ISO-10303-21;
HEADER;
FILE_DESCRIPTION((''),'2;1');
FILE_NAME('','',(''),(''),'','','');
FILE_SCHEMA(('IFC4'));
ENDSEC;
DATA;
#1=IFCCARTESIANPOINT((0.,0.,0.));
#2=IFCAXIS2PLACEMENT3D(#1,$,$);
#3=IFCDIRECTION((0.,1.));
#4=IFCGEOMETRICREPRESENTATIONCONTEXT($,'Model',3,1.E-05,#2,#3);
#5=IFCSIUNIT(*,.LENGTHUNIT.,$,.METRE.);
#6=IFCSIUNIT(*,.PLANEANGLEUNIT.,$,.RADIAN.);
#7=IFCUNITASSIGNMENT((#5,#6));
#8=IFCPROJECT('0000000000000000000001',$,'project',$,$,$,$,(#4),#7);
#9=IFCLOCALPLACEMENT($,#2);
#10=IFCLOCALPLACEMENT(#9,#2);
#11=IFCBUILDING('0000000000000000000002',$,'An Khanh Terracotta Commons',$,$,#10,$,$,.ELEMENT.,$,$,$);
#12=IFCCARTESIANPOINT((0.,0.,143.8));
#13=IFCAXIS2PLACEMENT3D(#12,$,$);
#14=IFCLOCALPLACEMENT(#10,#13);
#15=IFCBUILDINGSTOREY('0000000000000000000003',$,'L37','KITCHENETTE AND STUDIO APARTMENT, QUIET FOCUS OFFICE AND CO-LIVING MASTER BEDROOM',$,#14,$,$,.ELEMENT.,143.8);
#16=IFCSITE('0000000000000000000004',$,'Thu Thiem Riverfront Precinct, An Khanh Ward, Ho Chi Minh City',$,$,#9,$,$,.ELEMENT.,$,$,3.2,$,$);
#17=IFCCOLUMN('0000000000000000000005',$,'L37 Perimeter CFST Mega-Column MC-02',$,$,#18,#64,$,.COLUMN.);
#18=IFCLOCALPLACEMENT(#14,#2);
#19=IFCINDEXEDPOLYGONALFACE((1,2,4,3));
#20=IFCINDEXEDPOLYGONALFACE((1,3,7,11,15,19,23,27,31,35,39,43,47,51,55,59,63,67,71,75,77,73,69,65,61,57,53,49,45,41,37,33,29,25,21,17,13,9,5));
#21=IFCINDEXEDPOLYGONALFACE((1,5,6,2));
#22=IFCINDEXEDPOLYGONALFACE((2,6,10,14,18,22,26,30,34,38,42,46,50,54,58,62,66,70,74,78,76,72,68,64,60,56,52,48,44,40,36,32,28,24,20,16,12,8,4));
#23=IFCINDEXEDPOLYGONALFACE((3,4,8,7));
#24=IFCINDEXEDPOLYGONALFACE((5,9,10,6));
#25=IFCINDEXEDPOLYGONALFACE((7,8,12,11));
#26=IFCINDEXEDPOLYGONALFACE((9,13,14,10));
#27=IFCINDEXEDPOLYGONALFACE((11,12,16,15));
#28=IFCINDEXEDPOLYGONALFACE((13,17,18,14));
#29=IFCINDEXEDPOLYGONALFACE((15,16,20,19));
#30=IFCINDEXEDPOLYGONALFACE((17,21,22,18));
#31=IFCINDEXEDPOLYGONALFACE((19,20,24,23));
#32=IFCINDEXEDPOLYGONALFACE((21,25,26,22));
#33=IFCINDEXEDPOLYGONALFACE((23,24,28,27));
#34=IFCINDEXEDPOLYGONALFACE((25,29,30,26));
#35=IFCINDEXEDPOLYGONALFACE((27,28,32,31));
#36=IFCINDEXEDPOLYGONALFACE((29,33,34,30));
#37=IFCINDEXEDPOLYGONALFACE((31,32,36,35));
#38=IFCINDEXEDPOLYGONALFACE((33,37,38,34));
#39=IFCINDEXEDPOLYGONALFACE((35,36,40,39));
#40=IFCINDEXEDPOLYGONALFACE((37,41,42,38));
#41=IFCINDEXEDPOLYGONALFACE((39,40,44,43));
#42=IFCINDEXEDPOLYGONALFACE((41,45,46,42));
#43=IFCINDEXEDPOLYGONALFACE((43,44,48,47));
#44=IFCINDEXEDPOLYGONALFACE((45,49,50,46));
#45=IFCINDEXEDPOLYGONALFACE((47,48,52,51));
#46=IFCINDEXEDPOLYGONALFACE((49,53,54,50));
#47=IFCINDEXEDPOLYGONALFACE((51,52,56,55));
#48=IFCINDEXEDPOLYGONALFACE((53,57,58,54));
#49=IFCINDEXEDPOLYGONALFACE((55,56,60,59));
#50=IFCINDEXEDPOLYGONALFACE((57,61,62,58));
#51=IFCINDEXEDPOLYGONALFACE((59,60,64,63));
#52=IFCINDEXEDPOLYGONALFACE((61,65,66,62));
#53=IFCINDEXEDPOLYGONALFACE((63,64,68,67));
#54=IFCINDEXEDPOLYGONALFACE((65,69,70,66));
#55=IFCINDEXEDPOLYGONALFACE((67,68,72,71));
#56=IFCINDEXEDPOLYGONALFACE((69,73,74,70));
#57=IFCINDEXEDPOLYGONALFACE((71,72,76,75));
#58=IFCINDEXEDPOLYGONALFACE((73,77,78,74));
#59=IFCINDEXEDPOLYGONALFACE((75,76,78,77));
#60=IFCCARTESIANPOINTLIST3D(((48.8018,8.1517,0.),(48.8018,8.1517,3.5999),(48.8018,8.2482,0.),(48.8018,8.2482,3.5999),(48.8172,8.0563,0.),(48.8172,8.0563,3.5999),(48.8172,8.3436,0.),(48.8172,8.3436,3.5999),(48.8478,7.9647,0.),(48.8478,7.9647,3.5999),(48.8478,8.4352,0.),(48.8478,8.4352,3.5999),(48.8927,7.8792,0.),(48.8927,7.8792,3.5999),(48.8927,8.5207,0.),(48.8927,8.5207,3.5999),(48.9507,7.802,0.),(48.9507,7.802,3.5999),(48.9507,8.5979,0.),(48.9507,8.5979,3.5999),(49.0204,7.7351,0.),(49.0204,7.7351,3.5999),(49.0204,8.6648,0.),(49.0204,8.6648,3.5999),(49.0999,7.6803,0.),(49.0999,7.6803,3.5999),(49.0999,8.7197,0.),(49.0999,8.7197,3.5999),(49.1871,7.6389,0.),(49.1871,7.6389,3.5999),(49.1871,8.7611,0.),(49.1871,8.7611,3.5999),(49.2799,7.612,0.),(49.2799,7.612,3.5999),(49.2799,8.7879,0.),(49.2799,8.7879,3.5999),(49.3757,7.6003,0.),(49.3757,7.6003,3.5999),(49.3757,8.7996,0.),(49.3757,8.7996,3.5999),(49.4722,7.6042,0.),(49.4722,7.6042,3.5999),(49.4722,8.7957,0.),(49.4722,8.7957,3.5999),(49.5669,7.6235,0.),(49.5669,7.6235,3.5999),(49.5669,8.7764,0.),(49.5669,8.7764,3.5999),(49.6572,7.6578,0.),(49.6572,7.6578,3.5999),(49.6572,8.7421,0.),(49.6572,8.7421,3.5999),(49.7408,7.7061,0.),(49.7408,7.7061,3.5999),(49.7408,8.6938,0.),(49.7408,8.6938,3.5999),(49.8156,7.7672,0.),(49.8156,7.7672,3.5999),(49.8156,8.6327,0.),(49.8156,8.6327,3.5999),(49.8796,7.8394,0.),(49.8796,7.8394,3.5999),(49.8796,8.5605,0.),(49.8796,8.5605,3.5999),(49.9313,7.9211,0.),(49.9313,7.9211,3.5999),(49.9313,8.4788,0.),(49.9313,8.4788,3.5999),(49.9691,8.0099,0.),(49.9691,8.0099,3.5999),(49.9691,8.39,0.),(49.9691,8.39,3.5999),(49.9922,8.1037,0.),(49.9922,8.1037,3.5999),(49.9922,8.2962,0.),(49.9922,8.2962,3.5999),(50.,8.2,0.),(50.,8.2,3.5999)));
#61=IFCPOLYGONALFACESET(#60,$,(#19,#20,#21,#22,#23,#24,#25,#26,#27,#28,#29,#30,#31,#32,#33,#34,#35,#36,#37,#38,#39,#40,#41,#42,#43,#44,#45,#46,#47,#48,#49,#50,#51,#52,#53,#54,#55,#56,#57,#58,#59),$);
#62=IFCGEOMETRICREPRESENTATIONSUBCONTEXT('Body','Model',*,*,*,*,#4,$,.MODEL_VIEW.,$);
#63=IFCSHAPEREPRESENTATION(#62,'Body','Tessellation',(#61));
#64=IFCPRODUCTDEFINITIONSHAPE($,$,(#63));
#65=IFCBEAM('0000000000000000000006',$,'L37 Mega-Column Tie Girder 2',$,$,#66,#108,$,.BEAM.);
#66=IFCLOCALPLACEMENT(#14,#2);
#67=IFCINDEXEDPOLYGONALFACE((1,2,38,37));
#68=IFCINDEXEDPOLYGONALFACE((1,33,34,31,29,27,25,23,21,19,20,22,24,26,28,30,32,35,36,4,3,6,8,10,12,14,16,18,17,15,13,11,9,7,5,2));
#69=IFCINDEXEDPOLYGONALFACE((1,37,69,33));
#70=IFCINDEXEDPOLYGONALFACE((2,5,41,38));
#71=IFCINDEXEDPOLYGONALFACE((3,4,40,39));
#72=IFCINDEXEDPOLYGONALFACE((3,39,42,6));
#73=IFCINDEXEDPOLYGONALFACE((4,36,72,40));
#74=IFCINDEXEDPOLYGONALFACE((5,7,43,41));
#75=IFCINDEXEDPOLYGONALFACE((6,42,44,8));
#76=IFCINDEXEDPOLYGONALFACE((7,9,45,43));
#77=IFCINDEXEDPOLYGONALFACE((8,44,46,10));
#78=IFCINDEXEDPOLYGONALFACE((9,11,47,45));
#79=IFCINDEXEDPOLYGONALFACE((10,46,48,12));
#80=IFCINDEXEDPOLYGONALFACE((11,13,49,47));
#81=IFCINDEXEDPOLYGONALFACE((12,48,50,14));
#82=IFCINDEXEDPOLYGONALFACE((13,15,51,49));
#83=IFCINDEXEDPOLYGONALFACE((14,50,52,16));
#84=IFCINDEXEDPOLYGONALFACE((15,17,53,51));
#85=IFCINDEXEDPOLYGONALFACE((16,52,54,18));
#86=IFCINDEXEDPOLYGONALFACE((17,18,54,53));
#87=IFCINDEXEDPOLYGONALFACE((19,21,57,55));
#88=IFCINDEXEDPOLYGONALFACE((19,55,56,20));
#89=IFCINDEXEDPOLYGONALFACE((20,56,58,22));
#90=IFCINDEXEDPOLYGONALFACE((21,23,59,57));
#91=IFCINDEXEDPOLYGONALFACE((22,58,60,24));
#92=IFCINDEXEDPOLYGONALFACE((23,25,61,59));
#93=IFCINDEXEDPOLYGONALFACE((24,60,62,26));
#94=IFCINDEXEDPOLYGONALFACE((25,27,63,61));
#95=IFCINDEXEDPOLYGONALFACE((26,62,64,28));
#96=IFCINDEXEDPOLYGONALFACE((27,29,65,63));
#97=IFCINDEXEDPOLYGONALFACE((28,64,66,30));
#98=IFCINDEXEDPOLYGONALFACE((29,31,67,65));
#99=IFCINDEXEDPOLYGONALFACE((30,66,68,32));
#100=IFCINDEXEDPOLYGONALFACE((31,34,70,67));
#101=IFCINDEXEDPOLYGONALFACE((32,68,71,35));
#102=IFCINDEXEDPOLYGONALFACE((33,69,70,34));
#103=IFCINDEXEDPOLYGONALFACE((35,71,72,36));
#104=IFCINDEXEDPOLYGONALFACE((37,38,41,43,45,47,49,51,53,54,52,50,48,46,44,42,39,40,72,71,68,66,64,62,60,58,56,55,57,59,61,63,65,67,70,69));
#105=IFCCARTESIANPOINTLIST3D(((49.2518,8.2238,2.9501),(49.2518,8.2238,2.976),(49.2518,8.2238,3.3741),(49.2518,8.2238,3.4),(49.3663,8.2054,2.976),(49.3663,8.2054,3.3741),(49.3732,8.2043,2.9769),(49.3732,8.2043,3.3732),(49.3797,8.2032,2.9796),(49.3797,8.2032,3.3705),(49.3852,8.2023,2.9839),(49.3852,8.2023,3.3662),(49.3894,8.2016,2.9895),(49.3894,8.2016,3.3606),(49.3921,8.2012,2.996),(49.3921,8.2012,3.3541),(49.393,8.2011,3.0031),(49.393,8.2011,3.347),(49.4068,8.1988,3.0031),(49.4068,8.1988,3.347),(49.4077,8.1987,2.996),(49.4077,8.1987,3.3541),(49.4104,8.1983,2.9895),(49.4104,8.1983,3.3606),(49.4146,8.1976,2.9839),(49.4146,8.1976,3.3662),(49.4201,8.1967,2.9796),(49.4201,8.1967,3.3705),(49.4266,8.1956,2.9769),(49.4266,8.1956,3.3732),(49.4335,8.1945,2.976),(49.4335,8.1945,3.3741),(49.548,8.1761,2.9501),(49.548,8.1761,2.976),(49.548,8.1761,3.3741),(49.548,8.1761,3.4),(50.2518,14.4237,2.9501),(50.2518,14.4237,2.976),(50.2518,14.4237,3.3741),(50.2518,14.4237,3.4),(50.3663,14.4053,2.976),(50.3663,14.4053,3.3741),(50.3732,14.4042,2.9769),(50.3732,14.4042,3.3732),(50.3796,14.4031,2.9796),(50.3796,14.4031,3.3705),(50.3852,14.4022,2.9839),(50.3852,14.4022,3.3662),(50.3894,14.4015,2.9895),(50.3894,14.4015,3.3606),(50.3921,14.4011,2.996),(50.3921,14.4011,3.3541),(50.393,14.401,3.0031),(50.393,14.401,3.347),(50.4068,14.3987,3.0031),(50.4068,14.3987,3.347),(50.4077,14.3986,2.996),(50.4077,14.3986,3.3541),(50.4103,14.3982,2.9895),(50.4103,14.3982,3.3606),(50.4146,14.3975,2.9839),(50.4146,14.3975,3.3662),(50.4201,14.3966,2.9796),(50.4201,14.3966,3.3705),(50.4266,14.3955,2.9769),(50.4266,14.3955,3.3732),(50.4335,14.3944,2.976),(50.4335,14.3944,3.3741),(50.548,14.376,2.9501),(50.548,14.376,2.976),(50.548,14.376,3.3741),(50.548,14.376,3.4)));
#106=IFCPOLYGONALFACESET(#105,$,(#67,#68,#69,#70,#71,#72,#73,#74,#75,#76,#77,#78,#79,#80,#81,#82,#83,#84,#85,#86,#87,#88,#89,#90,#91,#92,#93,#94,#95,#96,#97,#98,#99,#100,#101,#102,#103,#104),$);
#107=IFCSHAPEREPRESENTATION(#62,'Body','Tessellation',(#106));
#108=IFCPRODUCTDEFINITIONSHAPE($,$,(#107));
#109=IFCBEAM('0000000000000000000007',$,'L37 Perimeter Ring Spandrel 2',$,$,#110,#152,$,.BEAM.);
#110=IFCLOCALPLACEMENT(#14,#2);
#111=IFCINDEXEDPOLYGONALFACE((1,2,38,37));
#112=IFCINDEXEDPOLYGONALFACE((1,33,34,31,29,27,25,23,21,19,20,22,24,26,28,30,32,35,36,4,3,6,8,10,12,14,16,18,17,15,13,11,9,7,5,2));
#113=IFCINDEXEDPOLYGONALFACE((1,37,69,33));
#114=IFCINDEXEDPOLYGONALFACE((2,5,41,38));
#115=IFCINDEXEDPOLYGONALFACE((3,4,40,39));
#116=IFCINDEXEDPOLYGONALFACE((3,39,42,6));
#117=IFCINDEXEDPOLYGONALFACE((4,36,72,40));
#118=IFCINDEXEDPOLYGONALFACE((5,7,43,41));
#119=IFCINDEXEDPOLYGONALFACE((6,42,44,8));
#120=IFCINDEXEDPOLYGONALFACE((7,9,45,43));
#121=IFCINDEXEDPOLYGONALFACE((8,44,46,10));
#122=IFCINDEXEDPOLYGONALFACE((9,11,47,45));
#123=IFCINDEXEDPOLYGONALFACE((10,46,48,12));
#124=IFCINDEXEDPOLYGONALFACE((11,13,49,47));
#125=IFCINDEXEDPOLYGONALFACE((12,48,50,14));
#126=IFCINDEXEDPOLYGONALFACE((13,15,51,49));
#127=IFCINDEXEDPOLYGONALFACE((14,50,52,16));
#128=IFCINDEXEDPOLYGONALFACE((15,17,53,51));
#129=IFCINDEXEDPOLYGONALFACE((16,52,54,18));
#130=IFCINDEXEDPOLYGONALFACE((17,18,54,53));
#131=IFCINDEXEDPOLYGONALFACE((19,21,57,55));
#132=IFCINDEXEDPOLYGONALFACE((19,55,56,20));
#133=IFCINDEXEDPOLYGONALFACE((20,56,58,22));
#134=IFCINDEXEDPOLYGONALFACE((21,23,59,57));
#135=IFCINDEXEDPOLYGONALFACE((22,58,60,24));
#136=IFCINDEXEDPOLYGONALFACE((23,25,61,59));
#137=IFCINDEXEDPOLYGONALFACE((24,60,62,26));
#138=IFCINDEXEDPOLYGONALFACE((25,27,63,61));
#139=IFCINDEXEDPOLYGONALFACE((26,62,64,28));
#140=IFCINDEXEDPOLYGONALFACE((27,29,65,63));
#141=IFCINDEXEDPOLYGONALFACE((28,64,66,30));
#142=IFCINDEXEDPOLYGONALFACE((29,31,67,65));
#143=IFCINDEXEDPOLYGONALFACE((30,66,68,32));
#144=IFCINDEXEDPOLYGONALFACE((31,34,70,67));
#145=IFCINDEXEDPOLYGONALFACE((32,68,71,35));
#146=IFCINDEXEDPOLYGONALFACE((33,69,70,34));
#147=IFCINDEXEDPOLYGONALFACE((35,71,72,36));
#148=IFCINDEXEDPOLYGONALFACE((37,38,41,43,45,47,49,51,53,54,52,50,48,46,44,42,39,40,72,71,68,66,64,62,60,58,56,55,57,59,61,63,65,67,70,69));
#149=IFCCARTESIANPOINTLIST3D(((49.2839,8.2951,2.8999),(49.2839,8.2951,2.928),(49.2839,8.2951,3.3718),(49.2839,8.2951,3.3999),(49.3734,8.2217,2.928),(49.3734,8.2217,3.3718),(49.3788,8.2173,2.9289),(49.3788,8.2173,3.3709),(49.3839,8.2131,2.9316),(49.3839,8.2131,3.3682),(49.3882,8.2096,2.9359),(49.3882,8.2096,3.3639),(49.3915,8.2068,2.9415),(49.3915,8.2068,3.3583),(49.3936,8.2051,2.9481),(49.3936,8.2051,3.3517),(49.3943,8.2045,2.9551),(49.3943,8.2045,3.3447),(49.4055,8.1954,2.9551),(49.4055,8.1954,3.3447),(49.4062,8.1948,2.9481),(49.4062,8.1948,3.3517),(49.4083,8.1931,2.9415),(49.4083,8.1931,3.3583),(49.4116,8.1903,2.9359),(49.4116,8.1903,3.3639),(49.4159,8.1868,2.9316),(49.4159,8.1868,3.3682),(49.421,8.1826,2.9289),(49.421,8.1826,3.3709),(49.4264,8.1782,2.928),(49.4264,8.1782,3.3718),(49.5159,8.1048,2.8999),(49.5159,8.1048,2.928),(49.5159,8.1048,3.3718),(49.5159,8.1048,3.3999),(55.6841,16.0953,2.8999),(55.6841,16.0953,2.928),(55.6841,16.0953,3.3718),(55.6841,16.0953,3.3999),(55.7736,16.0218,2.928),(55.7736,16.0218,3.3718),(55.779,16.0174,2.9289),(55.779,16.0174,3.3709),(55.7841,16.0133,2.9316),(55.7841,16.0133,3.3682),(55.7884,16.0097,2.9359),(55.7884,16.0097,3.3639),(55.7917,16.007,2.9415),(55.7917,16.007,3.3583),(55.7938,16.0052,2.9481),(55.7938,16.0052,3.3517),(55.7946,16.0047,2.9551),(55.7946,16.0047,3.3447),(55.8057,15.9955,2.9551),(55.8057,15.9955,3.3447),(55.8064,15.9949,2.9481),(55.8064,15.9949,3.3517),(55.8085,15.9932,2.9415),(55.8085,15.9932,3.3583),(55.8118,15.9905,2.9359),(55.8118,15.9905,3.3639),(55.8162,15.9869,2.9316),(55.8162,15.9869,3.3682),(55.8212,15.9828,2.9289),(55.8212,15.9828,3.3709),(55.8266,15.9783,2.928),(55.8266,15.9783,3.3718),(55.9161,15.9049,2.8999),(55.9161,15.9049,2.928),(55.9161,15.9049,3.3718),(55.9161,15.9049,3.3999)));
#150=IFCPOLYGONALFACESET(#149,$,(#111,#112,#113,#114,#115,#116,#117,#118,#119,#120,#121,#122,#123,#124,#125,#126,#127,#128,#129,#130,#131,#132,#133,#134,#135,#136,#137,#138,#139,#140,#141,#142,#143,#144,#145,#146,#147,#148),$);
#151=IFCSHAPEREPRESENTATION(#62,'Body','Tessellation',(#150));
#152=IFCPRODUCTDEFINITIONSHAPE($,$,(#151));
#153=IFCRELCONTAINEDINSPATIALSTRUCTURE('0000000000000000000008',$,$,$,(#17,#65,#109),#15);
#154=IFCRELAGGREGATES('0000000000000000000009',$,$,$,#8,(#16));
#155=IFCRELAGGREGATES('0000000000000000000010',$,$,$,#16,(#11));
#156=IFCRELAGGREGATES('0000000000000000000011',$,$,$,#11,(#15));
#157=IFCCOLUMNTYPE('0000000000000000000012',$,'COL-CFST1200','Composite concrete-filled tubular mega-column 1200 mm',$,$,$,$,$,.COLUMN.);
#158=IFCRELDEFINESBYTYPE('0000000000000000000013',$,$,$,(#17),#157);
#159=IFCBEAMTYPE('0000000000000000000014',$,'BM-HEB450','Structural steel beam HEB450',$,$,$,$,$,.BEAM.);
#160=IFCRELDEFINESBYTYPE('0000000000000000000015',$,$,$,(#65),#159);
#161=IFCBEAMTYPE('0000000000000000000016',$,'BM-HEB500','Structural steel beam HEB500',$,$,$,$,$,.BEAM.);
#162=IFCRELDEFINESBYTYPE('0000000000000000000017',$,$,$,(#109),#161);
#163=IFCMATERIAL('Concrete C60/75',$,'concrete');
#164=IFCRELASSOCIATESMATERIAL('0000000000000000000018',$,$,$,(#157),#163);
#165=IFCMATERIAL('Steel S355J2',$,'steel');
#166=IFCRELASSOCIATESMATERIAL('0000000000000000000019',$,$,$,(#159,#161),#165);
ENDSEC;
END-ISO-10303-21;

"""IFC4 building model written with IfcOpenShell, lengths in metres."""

from ifc_helpers import new_model, si_unit, direction, frame, origin, origin_2d, place, context, subcontext, project, spatial, circle, i_section, extrude, material, material_profile, profile_set, type_object, element, save


model = new_model("IFC4")

# Units and contexts
model_context = context("Model", 3, precision=1e-05, world=origin(), true_north=direction((0.0, 1.0)))
body_context = subcontext(model_context, "Body", "Model", "MODEL_VIEW")
ifc_project = project(units=[si_unit("LENGTHUNIT", "METRE"), si_unit("PLANEANGLEUNIT", "RADIAN")], contexts=[model_context])

# Site, building, storey
site_placement = place(None, origin())
site = spatial("IfcSite", under=ifc_project, at=site_placement, Name="Thu Thiem Riverfront Precinct, An Khanh Ward, Ho Chi Minh City", CompositionType="ELEMENT", RefElevation=3.2)
building_placement = place(site_placement, origin())
building = spatial("IfcBuilding", under=site, at=building_placement, Name="An Khanh Terracotta Commons", CompositionType="ELEMENT")
storey_placement = place(building_placement, frame((0.0, 0.0, 143.8)))
storey = spatial("IfcBuildingStorey", under=building, at=storey_placement, Name="L37", Description="KITCHENETTE AND STUDIO APARTMENT, QUIET FOCUS OFFICE AND CO-LIVING MASTER BEDROOM", CompositionType="ELEMENT", Elevation=143.8)

# Column
ifc_material_1 = material(Name="Concrete C60/75", Category="concrete")
ifc_material_profile_1 = material_profile(ifc_material_1, circle(Radius=0.6001, at=origin_2d()), Name="CFST1200")
ifc_profile_set_1 = profile_set([ifc_material_profile_1], Name="Concrete C60/75")
column_type = type_object("IfcColumnType", Name="COL-CFST1200", Description="Composite concrete-filled tubular mega-column 1200 mm", PredefinedType="COLUMN", material=ifc_profile_set_1)
column_placement = place(storey_placement, frame((49.3999, 8.2, 0.0), z_axis=(0.0, 0.0, 1.0), x_axis=(1.0, 0.0, 0.0)))
element("IfcColumn", 1, at=column_placement, inside=storey, type_object=column_type, Name="L37 Perimeter CFST Mega-Column MC-02", PredefinedType="COLUMN", context=body_context, shape_type="SweptSolid", body=[
    extrude(circle(Radius=0.6001, at=origin_2d()), origin(), (0.0, 0.0, 1.0), 3.5999),
])

# Beams
ifc_material_2 = material(Name="Steel S355J2", Category="steel")
ifc_material_profile_2 = material_profile(ifc_material_2, i_section(OverallWidth=0.3, OverallDepth=0.45, WebThickness=0.0139, FlangeThickness=0.0259, FilletRadius=0.0271, at=origin_2d()), Name="HEB450")
ifc_profile_set_2 = profile_set([ifc_material_profile_2], Name="Steel S355J2")
beam_type_1 = type_object("IfcBeamType", Name="BM-HEB450", Description="Structural steel beam HEB450", PredefinedType="BEAM", material=ifc_profile_set_2)
beam_1_placement = place(storey_placement, frame((49.3999, 8.2, 3.175), z_axis=(0.159234, 0.987241, 0.0), x_axis=(-0.987241, 0.159234, 0.0)))
element("IfcBeam", 2, at=beam_1_placement, inside=storey, type_object=beam_type_1, Name="L37 Mega-Column Tie Girder 2", PredefinedType="BEAM", context=body_context, shape_type="SweptSolid", body=[
    extrude(i_section(OverallWidth=0.3, OverallDepth=0.45, WebThickness=0.0139, FlangeThickness=0.0259, FilletRadius=0.0271, at=origin_2d()), origin(), (0.0, 0.0, 1.0), 6.28),
])
ifc_material_profile_3 = material_profile(ifc_material_2, i_section(OverallWidth=0.3, OverallDepth=0.5, WebThickness=0.0144, FlangeThickness=0.0281, FilletRadius=0.0271, at=origin_2d()), Name="HEB500")
ifc_profile_set_3 = profile_set([ifc_material_profile_3], Name="Steel S355J2")
beam_type_2 = type_object("IfcBeamType", Name="BM-HEB500", Description="Structural steel beam HEB500", PredefinedType="BEAM", material=ifc_profile_set_3)
beam_2_placement = place(storey_placement, frame((49.3999, 8.2, 3.1499), z_axis=(0.634323, 0.773068, 0.0), x_axis=(-0.773068, 0.634323, 0.0)))
element("IfcBeam", 3, at=beam_2_placement, inside=storey, type_object=beam_type_2, Name="L37 Perimeter Ring Spandrel 2", PredefinedType="BEAM", context=body_context, shape_type="SweptSolid", body=[
    extrude(i_section(OverallWidth=0.3, OverallDepth=0.5, WebThickness=0.0144, FlangeThickness=0.0281, FilletRadius=0.0271, at=origin_2d()), origin(), (0.0, 0.0, 1.0), 10.0898),
])

save(model, "model.ifc")
